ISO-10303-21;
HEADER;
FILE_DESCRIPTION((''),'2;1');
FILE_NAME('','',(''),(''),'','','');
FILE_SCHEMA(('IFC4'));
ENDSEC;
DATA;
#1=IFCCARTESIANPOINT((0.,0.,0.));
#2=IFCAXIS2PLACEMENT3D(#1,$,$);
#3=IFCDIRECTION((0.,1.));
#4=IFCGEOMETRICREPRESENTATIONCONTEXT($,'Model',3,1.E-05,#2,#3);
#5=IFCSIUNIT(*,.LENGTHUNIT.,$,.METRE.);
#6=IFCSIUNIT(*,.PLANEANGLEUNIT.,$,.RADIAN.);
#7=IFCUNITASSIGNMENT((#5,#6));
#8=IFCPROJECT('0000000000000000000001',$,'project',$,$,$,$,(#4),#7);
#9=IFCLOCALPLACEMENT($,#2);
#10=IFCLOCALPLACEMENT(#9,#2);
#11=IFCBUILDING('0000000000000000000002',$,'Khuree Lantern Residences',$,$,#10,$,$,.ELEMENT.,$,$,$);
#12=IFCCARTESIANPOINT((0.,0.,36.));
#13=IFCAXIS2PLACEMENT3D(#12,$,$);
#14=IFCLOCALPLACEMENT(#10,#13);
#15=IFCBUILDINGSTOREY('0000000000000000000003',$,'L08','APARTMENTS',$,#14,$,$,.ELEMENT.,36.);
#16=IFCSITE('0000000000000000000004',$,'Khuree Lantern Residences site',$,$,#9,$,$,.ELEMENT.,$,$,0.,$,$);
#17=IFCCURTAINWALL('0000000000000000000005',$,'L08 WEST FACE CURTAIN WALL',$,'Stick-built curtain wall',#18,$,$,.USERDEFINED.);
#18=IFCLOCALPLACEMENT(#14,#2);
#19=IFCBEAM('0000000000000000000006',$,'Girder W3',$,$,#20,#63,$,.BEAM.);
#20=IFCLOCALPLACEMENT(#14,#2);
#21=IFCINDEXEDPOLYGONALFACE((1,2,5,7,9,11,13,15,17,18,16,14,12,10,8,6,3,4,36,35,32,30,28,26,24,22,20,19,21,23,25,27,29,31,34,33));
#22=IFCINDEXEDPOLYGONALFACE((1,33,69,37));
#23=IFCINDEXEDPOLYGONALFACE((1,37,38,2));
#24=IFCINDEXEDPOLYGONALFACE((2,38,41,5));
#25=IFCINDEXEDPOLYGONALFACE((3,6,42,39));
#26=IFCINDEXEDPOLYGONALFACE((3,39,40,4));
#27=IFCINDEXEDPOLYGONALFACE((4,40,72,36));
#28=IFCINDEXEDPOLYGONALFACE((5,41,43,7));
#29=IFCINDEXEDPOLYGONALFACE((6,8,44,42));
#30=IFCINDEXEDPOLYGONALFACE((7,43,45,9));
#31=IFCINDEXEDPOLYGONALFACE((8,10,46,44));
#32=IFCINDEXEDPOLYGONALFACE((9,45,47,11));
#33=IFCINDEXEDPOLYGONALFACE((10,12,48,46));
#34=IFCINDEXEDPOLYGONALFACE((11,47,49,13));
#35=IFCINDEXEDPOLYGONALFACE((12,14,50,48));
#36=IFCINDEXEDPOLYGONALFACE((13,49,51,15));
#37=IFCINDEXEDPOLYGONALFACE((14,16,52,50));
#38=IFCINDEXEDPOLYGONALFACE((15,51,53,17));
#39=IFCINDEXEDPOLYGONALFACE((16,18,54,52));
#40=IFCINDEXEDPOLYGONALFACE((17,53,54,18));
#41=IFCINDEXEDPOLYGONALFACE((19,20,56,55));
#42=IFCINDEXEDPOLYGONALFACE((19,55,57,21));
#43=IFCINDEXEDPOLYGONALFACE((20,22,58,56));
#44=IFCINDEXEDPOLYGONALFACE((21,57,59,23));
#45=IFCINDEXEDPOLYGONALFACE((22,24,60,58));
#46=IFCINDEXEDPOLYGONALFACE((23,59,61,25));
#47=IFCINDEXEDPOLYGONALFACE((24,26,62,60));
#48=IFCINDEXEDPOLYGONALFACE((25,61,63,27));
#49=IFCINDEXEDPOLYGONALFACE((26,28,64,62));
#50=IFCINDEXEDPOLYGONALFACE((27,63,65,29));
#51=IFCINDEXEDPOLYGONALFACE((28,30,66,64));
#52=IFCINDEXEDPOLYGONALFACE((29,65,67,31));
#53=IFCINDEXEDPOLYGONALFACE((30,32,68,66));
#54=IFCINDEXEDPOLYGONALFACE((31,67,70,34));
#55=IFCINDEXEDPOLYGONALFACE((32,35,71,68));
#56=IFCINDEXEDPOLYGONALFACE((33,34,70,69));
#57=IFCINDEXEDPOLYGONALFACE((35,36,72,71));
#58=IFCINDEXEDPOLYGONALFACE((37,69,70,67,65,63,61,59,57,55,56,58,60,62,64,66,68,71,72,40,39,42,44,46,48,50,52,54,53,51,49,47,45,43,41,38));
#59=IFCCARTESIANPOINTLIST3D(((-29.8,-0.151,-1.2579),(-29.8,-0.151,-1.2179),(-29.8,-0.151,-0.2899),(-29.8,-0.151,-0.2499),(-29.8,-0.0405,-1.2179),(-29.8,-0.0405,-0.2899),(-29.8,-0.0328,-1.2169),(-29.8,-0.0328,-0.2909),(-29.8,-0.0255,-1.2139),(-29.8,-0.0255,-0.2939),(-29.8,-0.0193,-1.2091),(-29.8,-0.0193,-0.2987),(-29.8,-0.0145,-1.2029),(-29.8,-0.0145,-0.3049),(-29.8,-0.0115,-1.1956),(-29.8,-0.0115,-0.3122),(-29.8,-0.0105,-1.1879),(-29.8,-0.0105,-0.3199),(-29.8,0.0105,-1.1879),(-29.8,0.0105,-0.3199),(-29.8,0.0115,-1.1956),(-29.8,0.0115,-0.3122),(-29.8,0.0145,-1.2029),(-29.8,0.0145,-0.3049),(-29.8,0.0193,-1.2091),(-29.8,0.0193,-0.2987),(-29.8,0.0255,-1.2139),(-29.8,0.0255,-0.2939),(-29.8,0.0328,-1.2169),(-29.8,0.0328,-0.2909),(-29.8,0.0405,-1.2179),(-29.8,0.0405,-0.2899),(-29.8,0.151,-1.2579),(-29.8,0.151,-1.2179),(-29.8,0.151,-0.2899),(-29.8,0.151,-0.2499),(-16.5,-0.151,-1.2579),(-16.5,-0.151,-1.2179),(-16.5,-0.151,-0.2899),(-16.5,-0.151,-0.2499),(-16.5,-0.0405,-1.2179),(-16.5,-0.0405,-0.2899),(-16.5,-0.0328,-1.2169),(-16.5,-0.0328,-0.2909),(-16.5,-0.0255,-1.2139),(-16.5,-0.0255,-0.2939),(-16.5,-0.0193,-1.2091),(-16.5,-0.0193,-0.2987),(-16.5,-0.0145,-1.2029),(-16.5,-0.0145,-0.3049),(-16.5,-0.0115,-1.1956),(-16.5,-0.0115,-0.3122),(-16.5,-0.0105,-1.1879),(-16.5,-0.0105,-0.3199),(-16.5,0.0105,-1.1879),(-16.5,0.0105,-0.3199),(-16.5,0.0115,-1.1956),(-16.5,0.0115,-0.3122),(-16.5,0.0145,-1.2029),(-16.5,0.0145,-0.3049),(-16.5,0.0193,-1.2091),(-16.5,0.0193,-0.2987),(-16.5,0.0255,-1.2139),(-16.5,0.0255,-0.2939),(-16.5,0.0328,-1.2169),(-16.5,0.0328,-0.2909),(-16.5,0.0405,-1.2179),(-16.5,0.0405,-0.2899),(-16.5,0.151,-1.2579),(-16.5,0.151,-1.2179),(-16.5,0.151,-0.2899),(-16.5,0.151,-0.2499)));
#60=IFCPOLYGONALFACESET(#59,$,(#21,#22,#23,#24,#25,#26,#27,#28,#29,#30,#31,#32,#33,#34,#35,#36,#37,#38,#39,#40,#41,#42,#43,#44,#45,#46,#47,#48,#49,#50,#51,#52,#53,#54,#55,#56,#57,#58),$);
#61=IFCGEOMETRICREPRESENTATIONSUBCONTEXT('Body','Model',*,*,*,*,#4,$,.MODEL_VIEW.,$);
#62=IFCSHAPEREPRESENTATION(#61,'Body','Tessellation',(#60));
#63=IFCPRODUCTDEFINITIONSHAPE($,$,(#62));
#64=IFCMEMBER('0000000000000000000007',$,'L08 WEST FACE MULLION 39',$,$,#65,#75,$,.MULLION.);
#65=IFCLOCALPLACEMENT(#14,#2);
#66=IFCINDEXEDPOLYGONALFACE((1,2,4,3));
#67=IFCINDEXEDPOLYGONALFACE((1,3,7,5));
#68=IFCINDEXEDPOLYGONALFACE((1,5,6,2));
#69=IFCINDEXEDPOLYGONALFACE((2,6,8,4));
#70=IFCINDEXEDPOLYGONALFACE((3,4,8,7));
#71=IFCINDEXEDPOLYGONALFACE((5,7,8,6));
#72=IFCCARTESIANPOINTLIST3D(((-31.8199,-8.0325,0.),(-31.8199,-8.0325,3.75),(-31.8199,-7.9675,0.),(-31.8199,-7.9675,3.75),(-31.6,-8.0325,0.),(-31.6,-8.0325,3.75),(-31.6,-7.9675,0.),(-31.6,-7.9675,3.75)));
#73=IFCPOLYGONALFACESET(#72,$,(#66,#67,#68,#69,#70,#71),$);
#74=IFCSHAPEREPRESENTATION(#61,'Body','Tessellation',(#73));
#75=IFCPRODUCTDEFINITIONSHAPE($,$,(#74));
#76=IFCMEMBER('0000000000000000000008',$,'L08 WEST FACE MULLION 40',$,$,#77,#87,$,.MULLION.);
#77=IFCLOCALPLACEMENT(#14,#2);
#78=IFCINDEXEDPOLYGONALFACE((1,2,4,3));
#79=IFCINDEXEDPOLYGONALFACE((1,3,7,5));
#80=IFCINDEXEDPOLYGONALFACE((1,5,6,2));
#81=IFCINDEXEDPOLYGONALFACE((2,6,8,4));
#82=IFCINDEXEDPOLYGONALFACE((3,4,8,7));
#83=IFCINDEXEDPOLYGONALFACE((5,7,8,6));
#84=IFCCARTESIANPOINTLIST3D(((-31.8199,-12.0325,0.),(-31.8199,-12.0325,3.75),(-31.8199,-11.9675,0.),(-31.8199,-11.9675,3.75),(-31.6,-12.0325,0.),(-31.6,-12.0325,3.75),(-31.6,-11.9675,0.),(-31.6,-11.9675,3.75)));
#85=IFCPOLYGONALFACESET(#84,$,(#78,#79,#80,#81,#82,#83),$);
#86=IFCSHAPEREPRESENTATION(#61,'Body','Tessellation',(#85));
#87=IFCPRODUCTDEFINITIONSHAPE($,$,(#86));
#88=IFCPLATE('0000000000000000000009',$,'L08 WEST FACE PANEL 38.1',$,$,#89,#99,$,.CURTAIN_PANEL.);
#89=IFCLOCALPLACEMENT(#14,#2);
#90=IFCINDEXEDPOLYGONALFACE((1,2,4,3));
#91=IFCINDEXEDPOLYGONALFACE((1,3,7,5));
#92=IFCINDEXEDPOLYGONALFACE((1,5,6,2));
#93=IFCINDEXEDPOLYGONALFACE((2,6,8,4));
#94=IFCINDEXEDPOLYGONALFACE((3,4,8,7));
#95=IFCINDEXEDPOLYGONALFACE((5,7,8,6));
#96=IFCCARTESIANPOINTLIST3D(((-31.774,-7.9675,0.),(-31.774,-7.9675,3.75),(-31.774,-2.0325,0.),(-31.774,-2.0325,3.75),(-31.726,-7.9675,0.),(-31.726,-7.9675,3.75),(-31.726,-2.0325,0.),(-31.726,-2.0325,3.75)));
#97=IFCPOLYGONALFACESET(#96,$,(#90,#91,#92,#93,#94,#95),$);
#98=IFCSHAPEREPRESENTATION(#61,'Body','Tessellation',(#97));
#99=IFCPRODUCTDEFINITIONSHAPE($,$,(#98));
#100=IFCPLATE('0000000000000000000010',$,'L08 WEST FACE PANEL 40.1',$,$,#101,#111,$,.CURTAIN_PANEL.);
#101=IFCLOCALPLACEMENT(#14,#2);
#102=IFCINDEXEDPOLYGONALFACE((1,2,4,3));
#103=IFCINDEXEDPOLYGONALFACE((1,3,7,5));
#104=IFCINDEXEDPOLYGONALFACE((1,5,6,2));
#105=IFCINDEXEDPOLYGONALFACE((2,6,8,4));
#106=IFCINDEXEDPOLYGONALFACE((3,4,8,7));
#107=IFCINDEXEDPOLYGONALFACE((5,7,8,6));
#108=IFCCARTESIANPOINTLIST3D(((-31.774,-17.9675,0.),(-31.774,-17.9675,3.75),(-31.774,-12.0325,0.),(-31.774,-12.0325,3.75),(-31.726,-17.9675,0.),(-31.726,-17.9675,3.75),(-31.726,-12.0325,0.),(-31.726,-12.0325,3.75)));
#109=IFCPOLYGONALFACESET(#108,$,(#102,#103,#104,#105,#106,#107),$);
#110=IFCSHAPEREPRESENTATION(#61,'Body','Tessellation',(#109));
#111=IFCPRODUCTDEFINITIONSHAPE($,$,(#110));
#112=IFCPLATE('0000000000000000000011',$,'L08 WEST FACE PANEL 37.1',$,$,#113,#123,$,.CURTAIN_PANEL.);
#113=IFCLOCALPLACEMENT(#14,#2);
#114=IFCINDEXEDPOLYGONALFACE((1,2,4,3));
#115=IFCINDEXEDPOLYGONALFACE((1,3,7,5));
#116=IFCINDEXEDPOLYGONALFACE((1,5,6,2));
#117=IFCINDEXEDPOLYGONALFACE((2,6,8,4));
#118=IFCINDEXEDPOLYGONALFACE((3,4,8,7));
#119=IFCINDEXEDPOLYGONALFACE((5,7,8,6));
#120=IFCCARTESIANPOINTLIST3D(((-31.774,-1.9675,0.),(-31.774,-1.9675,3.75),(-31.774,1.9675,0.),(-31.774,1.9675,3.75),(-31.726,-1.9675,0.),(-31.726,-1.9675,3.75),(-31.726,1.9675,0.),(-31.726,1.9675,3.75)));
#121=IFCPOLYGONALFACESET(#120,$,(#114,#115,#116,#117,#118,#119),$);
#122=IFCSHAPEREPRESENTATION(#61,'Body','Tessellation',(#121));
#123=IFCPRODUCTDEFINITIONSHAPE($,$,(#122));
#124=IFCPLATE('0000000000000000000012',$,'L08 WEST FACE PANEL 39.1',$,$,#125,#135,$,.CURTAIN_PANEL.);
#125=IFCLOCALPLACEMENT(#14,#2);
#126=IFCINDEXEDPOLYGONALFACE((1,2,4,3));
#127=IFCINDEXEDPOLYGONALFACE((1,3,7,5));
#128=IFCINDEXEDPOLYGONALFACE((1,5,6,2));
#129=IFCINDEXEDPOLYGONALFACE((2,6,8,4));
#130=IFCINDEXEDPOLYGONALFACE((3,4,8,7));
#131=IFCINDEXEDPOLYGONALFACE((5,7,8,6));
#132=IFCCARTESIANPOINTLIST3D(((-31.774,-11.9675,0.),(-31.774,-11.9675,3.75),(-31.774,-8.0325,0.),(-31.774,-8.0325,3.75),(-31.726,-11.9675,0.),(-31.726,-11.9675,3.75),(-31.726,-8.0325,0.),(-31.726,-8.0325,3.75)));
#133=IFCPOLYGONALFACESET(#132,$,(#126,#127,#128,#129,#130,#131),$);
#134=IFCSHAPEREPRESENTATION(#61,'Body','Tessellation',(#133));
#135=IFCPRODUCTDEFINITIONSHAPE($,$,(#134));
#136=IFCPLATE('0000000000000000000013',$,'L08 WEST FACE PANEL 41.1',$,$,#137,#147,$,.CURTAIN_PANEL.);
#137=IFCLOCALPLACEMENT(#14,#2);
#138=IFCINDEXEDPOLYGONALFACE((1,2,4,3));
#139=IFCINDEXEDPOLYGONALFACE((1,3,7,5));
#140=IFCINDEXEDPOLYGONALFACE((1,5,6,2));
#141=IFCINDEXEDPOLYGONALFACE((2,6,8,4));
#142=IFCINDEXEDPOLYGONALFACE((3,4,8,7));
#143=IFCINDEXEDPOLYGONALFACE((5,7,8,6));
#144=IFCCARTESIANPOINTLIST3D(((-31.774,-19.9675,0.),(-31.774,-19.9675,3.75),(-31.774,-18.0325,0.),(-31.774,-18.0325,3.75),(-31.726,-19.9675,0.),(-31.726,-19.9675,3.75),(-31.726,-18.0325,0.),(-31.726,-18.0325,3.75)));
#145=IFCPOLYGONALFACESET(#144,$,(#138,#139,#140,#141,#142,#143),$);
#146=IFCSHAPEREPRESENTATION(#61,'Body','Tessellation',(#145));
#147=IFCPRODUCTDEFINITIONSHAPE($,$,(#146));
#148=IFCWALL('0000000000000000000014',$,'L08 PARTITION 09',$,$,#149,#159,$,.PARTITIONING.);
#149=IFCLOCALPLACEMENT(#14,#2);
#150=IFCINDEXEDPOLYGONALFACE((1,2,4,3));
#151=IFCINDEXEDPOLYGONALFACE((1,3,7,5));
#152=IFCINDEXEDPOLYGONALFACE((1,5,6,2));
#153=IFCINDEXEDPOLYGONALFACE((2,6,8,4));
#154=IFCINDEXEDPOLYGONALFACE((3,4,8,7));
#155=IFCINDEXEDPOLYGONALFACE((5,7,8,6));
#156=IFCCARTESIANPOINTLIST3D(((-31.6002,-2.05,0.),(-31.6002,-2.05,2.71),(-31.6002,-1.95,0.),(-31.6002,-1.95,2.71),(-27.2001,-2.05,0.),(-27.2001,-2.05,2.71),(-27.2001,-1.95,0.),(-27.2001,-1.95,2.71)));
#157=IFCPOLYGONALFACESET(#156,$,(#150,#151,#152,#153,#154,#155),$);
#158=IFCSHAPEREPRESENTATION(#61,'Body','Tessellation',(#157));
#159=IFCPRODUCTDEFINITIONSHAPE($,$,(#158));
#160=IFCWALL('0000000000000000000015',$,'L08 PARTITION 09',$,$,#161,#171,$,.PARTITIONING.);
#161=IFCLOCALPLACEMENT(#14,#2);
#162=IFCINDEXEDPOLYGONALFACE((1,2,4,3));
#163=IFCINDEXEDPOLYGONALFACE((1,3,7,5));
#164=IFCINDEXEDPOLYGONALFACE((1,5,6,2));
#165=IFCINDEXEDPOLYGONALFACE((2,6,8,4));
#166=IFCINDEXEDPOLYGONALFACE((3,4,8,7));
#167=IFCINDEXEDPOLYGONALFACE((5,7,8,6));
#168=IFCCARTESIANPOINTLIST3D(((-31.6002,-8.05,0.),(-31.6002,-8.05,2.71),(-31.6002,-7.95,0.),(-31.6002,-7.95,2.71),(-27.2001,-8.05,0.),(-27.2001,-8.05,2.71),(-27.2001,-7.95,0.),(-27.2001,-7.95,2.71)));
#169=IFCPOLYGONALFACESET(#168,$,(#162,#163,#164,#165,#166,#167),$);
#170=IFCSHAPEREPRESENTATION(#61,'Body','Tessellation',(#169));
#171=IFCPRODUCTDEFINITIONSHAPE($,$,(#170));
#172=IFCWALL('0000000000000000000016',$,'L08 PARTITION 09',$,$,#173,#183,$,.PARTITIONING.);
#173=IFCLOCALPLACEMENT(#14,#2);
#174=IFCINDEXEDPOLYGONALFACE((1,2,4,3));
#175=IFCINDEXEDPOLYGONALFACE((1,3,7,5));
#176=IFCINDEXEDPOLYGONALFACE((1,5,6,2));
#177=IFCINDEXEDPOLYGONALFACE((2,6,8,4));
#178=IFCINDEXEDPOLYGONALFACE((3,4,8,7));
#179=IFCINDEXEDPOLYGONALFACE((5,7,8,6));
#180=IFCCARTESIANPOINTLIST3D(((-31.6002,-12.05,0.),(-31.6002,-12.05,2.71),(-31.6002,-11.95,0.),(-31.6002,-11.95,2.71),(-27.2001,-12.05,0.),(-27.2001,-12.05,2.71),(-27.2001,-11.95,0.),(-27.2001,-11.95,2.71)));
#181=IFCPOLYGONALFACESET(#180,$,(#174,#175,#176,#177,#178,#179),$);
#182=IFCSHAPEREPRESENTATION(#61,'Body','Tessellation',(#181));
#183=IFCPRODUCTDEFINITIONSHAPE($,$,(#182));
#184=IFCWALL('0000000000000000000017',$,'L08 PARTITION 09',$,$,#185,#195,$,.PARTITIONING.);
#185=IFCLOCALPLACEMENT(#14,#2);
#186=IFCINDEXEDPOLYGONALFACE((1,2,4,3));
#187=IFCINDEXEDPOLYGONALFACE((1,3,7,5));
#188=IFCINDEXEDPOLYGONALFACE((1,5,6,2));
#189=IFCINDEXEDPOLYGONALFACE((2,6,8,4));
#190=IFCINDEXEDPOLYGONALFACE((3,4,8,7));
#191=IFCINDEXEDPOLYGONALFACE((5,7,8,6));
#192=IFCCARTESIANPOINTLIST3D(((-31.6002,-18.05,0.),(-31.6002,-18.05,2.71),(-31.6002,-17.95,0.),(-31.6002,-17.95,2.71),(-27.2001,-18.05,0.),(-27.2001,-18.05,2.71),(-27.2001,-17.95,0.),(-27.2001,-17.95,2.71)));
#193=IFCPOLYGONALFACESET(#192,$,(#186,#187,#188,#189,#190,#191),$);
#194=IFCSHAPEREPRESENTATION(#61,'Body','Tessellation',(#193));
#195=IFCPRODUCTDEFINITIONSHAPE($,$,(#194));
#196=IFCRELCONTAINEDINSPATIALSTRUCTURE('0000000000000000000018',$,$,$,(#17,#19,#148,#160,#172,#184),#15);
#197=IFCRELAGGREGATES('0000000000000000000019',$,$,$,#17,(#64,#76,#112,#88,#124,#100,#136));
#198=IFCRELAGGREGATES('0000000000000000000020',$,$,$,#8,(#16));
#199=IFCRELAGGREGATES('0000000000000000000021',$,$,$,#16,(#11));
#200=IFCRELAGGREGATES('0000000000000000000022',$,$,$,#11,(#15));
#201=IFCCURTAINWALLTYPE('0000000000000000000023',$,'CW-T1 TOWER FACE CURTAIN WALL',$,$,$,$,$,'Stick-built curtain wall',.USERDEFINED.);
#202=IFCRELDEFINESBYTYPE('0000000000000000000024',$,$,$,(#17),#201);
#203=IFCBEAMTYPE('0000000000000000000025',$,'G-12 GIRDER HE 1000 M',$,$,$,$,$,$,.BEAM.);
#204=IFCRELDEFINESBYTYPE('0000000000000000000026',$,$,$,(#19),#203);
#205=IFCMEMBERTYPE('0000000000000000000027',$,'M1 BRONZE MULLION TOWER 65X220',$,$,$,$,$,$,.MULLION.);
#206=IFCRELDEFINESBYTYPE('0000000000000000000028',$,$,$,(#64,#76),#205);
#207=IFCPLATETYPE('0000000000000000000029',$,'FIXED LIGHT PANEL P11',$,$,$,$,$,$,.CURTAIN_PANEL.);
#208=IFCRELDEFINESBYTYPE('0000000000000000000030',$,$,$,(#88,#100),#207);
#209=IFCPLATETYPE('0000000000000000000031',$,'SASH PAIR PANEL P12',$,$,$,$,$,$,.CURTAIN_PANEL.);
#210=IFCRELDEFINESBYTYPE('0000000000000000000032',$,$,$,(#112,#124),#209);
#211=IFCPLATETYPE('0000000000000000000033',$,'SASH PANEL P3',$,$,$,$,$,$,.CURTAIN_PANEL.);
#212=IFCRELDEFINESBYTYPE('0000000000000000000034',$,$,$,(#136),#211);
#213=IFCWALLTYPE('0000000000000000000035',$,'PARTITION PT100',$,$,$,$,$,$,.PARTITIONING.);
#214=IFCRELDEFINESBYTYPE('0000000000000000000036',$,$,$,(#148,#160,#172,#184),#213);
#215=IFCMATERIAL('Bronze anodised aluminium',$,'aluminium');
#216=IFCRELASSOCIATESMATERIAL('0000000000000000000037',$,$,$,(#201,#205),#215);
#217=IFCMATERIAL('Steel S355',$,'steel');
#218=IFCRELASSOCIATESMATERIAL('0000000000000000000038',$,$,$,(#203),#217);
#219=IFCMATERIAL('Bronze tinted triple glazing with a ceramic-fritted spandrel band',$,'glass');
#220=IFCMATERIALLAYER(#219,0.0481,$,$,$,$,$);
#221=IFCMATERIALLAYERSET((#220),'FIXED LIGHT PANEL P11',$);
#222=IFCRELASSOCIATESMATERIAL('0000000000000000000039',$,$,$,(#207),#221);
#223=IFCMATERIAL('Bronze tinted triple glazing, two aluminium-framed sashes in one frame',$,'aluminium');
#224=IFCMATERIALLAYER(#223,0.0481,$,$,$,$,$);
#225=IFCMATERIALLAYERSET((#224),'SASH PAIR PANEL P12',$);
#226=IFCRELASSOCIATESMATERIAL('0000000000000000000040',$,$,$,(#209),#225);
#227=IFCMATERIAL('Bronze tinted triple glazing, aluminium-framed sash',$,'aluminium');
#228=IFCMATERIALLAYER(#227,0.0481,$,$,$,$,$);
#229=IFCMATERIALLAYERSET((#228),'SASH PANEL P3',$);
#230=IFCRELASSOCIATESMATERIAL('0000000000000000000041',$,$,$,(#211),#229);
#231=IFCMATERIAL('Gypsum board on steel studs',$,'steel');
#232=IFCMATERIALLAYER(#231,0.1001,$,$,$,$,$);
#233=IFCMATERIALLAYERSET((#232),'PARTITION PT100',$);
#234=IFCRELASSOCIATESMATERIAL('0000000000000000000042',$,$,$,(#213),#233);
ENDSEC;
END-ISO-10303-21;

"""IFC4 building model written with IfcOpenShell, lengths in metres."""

from ifc_helpers import new_model, si_unit, direction, frame, frame_2d, origin, origin_2d, place, context, subcontext, project, spatial, rectangle, i_section, extrude, material, layer, layer_set, material_profile, profile_set, type_object, element, aggregate, save


model = new_model("IFC4")

# Units and contexts
model_context = context("Model", 3, precision=1e-05, world=origin(), true_north=direction((0.0, 1.0)))
body_context = subcontext(model_context, "Body", "Model", "MODEL_VIEW")
ifc_project = project(units=[si_unit("LENGTHUNIT", "METRE"), si_unit("PLANEANGLEUNIT", "RADIAN")], contexts=[model_context])

# Site, building, storey
site_placement = place(None, origin())
site = spatial("IfcSite", under=ifc_project, at=site_placement, Name="Khuree Lantern Residences site", CompositionType="ELEMENT", RefElevation=0.0)
building_placement = place(site_placement, origin())
building = spatial("IfcBuilding", under=site, at=building_placement, Name="Khuree Lantern Residences", CompositionType="ELEMENT")
storey_placement = place(building_placement, frame((0.0, 0.0, 36.0)))
storey = spatial("IfcBuildingStorey", under=building, at=storey_placement, Name="L08", Description="APARTMENTS", CompositionType="ELEMENT", Elevation=36.0)

# Shared definitions
ifc_material_1 = material(Name="Steel S355", Category="steel")

# Curtain wall
ifc_material_2 = material(Name="Bronze anodised aluminium", Category="aluminium")
curtain_wall_type = type_object("IfcCurtainWallType", Name="CW-T1 TOWER FACE CURTAIN WALL", ElementType="Stick-built curtain wall", PredefinedType="USERDEFINED", material=ifc_material_2)
curtain_wall_placement = place(storey_placement, origin())
curtain_wall = element("IfcCurtainWall", 1, at=curtain_wall_placement, inside=storey, type_object=curtain_wall_type, Name="L08 WEST FACE CURTAIN WALL", ObjectType="Stick-built curtain wall", PredefinedType="USERDEFINED")

# Beam
ifc_material_profile_1 = material_profile(ifc_material_1, i_section(OverallWidth=0.302, OverallDepth=1.0081, WebThickness=0.021, FlangeThickness=0.04, FilletRadius=0.03, at=origin_2d()), Name="HE 1000 M")
ifc_profile_set_1 = profile_set([ifc_material_profile_1], Name="Steel S355")
beam_type_1 = type_object("IfcBeamType", Name="G-12 GIRDER HE 1000 M", PredefinedType="BEAM", material=ifc_profile_set_1)
for number, where, z_axis, x_axis, name in (
    (2, (-29.8, 0.0, -0.7539), (1.0, 0.0, 0.0), (0.0, 1.0, 0.0), "Girder W3"),
):
    element("IfcBeam", number, at=place(storey_placement, frame(where, z_axis=z_axis, x_axis=x_axis)), inside=storey, type_object=beam_type_1, Name=name, PredefinedType="BEAM", context=body_context, shape_type="SweptSolid", body=[
        extrude(i_section(OverallWidth=0.302, OverallDepth=1.0081, WebThickness=0.021, FlangeThickness=0.04, FilletRadius=0.03, at=origin_2d()), origin(), (0.0, 0.0, 1.0), 13.3),
    ])

# Members
ifc_material_profile_2 = material_profile(ifc_material_2, rectangle(XDim=0.0649, YDim=0.22, at=origin_2d()), Name="M1 65X220")
ifc_profile_set_2 = profile_set([ifc_material_profile_2], Name="Bronze anodised aluminium")
member_type_1 = type_object("IfcMemberType", Name="M1 BRONZE MULLION TOWER 65X220", PredefinedType="MULLION", material=ifc_profile_set_2)
member_1_placement = place(storey_placement, frame((-31.71, -8.0, 0.0), z_axis=(0.0, 0.0, 1.0), x_axis=(0.0, -1.0, 0.0)))
member_1 = element("IfcMember", 3, at=member_1_placement, type_object=member_type_1, Name="L08 WEST FACE MULLION 39", PredefinedType="MULLION", context=body_context, shape_type="SweptSolid", body=[
    extrude(rectangle(XDim=0.0649, YDim=0.22, at=origin_2d()), origin(), (0.0, 0.0, 1.0), 3.75),
])
member_2_placement = place(storey_placement, frame((-31.71, -12.0, 0.0), z_axis=(0.0, 0.0, 1.0), x_axis=(0.0, -1.0, 0.0)))
member_2 = element("IfcMember", 4, at=member_2_placement, type_object=member_type_1, Name="L08 WEST FACE MULLION 40", PredefinedType="MULLION", context=body_context, shape_type="SweptSolid", body=[
    extrude(rectangle(XDim=0.0649, YDim=0.22, at=origin_2d()), origin(), (0.0, 0.0, 1.0), 3.75),
])

# Plates
ifc_material_3 = material(Name="Bronze tinted triple glazing with a ceramic-fritted spandrel band", Category="glass")
ifc_layer_1 = layer(ifc_material_3, 0.0481)
ifc_layer_set_1 = layer_set([ifc_layer_1], Name="FIXED LIGHT PANEL P11")
plate_type_1 = type_object("IfcPlateType", Name="FIXED LIGHT PANEL P11", PredefinedType="CURTAIN_PANEL", material=ifc_layer_set_1)
plate_1_placement = place(storey_placement, frame((-31.75, -5.0, 0.0), z_axis=(0.0, 0.0, 1.0), x_axis=(0.0, -1.0, 0.0)))
plate_1 = element("IfcPlate", 5, at=plate_1_placement, type_object=plate_type_1, Name="L08 WEST FACE PANEL 38.1", PredefinedType="CURTAIN_PANEL", context=body_context, shape_type="SweptSolid", body=[
    extrude(rectangle(XDim=5.9351, YDim=0.0481, at=origin_2d()), origin(), (0.0, 0.0, 1.0), 3.75),
])
plate_2_placement = place(storey_placement, frame((-31.75, -15.0, 0.0), z_axis=(0.0, 0.0, 1.0), x_axis=(0.0, -1.0, 0.0)))
plate_2 = element("IfcPlate", 6, at=plate_2_placement, type_object=plate_type_1, Name="L08 WEST FACE PANEL 40.1", PredefinedType="CURTAIN_PANEL", context=body_context, shape_type="SweptSolid", body=[
    extrude(rectangle(XDim=5.9351, YDim=0.0481, at=origin_2d()), origin(), (0.0, 0.0, 1.0), 3.75),
])
ifc_material_4 = material(Name="Bronze tinted triple glazing, two aluminium-framed sashes in one frame", Category="aluminium")
ifc_layer_2 = layer(ifc_material_4, 0.0481)
ifc_layer_set_2 = layer_set([ifc_layer_2], Name="SASH PAIR PANEL P12")
plate_type_2 = type_object("IfcPlateType", Name="SASH PAIR PANEL P12", PredefinedType="CURTAIN_PANEL", material=ifc_layer_set_2)
plate_3_placement = place(storey_placement, frame((-31.75, 0.0, 0.0), z_axis=(0.0, 0.0, 1.0), x_axis=(0.0, -1.0, 0.0)))
plate_3 = element("IfcPlate", 7, at=plate_3_placement, type_object=plate_type_2, Name="L08 WEST FACE PANEL 37.1", PredefinedType="CURTAIN_PANEL", context=body_context, shape_type="SweptSolid", body=[
    extrude(rectangle(XDim=3.9351, YDim=0.0481, at=origin_2d()), origin(), (0.0, 0.0, 1.0), 3.75),
])
plate_4_placement = place(storey_placement, frame((-31.75, -10.0, 0.0), z_axis=(0.0, 0.0, 1.0), x_axis=(0.0, -1.0, 0.0)))
plate_4 = element("IfcPlate", 8, at=plate_4_placement, type_object=plate_type_2, Name="L08 WEST FACE PANEL 39.1", PredefinedType="CURTAIN_PANEL", context=body_context, shape_type="SweptSolid", body=[
    extrude(rectangle(XDim=3.9351, YDim=0.0481, at=origin_2d()), origin(), (0.0, 0.0, 1.0), 3.75),
])
ifc_material_5 = material(Name="Bronze tinted triple glazing, aluminium-framed sash", Category="aluminium")
ifc_layer_3 = layer(ifc_material_5, 0.0481)
ifc_layer_set_3 = layer_set([ifc_layer_3], Name="SASH PANEL P3")
plate_type_3 = type_object("IfcPlateType", Name="SASH PANEL P3", PredefinedType="CURTAIN_PANEL", material=ifc_layer_set_3)
plate_5_placement = place(storey_placement, frame((-31.75, -19.0, 0.0), z_axis=(0.0, 0.0, 1.0), x_axis=(0.0, -1.0, 0.0)))
plate_5 = element("IfcPlate", 9, at=plate_5_placement, type_object=plate_type_3, Name="L08 WEST FACE PANEL 41.1", PredefinedType="CURTAIN_PANEL", context=body_context, shape_type="SweptSolid", body=[
    extrude(rectangle(XDim=1.9351, YDim=0.0481, at=origin_2d()), origin(), (0.0, 0.0, 1.0), 3.75),
])
aggregate(curtain_wall, [member_1, member_2, plate_3, plate_1, plate_4, plate_2, plate_5])

# Walls
ifc_material_6 = material(Name="Gypsum board on steel studs", Category="steel")
ifc_layer_4 = layer(ifc_material_6, 0.1001)
ifc_layer_set_4 = layer_set([ifc_layer_4], Name="PARTITION PT100")
wall_type = type_object("IfcWallType", Name="PARTITION PT100", PredefinedType="PARTITIONING", material=ifc_layer_set_4)
for number, where, z_axis, x_axis, name in (
    (10, (-27.2, -2.0, 0.0), (0.0, 0.0, 1.0), (-1.0, 0.0, 0.0), "L08 PARTITION 09"),
    (11, (-27.2, -8.0, 0.0), (0.0, 0.0, 1.0), (-1.0, 0.0, 0.0), "L08 PARTITION 09"),
    (12, (-27.2, -12.0, 0.0), (0.0, 0.0, 1.0), (-1.0, 0.0, 0.0), "L08 PARTITION 09"),
    (13, (-27.2, -18.0, 0.0), (0.0, 0.0, 1.0), (-1.0, 0.0, 0.0), "L08 PARTITION 09"),
):
    element("IfcWall", number, at=place(storey_placement, frame(where, z_axis=z_axis, x_axis=x_axis)), inside=storey, type_object=wall_type, Name=name, PredefinedType="PARTITIONING", context=body_context, shape_type="SweptSolid", body=[
        extrude(rectangle(XDim=4.4001, YDim=0.1001, at=frame_2d((2.2002, 0.0))), origin(), (0.0, 0.0, 1.0), 2.71),
    ])

save(model, "model.ifc")
